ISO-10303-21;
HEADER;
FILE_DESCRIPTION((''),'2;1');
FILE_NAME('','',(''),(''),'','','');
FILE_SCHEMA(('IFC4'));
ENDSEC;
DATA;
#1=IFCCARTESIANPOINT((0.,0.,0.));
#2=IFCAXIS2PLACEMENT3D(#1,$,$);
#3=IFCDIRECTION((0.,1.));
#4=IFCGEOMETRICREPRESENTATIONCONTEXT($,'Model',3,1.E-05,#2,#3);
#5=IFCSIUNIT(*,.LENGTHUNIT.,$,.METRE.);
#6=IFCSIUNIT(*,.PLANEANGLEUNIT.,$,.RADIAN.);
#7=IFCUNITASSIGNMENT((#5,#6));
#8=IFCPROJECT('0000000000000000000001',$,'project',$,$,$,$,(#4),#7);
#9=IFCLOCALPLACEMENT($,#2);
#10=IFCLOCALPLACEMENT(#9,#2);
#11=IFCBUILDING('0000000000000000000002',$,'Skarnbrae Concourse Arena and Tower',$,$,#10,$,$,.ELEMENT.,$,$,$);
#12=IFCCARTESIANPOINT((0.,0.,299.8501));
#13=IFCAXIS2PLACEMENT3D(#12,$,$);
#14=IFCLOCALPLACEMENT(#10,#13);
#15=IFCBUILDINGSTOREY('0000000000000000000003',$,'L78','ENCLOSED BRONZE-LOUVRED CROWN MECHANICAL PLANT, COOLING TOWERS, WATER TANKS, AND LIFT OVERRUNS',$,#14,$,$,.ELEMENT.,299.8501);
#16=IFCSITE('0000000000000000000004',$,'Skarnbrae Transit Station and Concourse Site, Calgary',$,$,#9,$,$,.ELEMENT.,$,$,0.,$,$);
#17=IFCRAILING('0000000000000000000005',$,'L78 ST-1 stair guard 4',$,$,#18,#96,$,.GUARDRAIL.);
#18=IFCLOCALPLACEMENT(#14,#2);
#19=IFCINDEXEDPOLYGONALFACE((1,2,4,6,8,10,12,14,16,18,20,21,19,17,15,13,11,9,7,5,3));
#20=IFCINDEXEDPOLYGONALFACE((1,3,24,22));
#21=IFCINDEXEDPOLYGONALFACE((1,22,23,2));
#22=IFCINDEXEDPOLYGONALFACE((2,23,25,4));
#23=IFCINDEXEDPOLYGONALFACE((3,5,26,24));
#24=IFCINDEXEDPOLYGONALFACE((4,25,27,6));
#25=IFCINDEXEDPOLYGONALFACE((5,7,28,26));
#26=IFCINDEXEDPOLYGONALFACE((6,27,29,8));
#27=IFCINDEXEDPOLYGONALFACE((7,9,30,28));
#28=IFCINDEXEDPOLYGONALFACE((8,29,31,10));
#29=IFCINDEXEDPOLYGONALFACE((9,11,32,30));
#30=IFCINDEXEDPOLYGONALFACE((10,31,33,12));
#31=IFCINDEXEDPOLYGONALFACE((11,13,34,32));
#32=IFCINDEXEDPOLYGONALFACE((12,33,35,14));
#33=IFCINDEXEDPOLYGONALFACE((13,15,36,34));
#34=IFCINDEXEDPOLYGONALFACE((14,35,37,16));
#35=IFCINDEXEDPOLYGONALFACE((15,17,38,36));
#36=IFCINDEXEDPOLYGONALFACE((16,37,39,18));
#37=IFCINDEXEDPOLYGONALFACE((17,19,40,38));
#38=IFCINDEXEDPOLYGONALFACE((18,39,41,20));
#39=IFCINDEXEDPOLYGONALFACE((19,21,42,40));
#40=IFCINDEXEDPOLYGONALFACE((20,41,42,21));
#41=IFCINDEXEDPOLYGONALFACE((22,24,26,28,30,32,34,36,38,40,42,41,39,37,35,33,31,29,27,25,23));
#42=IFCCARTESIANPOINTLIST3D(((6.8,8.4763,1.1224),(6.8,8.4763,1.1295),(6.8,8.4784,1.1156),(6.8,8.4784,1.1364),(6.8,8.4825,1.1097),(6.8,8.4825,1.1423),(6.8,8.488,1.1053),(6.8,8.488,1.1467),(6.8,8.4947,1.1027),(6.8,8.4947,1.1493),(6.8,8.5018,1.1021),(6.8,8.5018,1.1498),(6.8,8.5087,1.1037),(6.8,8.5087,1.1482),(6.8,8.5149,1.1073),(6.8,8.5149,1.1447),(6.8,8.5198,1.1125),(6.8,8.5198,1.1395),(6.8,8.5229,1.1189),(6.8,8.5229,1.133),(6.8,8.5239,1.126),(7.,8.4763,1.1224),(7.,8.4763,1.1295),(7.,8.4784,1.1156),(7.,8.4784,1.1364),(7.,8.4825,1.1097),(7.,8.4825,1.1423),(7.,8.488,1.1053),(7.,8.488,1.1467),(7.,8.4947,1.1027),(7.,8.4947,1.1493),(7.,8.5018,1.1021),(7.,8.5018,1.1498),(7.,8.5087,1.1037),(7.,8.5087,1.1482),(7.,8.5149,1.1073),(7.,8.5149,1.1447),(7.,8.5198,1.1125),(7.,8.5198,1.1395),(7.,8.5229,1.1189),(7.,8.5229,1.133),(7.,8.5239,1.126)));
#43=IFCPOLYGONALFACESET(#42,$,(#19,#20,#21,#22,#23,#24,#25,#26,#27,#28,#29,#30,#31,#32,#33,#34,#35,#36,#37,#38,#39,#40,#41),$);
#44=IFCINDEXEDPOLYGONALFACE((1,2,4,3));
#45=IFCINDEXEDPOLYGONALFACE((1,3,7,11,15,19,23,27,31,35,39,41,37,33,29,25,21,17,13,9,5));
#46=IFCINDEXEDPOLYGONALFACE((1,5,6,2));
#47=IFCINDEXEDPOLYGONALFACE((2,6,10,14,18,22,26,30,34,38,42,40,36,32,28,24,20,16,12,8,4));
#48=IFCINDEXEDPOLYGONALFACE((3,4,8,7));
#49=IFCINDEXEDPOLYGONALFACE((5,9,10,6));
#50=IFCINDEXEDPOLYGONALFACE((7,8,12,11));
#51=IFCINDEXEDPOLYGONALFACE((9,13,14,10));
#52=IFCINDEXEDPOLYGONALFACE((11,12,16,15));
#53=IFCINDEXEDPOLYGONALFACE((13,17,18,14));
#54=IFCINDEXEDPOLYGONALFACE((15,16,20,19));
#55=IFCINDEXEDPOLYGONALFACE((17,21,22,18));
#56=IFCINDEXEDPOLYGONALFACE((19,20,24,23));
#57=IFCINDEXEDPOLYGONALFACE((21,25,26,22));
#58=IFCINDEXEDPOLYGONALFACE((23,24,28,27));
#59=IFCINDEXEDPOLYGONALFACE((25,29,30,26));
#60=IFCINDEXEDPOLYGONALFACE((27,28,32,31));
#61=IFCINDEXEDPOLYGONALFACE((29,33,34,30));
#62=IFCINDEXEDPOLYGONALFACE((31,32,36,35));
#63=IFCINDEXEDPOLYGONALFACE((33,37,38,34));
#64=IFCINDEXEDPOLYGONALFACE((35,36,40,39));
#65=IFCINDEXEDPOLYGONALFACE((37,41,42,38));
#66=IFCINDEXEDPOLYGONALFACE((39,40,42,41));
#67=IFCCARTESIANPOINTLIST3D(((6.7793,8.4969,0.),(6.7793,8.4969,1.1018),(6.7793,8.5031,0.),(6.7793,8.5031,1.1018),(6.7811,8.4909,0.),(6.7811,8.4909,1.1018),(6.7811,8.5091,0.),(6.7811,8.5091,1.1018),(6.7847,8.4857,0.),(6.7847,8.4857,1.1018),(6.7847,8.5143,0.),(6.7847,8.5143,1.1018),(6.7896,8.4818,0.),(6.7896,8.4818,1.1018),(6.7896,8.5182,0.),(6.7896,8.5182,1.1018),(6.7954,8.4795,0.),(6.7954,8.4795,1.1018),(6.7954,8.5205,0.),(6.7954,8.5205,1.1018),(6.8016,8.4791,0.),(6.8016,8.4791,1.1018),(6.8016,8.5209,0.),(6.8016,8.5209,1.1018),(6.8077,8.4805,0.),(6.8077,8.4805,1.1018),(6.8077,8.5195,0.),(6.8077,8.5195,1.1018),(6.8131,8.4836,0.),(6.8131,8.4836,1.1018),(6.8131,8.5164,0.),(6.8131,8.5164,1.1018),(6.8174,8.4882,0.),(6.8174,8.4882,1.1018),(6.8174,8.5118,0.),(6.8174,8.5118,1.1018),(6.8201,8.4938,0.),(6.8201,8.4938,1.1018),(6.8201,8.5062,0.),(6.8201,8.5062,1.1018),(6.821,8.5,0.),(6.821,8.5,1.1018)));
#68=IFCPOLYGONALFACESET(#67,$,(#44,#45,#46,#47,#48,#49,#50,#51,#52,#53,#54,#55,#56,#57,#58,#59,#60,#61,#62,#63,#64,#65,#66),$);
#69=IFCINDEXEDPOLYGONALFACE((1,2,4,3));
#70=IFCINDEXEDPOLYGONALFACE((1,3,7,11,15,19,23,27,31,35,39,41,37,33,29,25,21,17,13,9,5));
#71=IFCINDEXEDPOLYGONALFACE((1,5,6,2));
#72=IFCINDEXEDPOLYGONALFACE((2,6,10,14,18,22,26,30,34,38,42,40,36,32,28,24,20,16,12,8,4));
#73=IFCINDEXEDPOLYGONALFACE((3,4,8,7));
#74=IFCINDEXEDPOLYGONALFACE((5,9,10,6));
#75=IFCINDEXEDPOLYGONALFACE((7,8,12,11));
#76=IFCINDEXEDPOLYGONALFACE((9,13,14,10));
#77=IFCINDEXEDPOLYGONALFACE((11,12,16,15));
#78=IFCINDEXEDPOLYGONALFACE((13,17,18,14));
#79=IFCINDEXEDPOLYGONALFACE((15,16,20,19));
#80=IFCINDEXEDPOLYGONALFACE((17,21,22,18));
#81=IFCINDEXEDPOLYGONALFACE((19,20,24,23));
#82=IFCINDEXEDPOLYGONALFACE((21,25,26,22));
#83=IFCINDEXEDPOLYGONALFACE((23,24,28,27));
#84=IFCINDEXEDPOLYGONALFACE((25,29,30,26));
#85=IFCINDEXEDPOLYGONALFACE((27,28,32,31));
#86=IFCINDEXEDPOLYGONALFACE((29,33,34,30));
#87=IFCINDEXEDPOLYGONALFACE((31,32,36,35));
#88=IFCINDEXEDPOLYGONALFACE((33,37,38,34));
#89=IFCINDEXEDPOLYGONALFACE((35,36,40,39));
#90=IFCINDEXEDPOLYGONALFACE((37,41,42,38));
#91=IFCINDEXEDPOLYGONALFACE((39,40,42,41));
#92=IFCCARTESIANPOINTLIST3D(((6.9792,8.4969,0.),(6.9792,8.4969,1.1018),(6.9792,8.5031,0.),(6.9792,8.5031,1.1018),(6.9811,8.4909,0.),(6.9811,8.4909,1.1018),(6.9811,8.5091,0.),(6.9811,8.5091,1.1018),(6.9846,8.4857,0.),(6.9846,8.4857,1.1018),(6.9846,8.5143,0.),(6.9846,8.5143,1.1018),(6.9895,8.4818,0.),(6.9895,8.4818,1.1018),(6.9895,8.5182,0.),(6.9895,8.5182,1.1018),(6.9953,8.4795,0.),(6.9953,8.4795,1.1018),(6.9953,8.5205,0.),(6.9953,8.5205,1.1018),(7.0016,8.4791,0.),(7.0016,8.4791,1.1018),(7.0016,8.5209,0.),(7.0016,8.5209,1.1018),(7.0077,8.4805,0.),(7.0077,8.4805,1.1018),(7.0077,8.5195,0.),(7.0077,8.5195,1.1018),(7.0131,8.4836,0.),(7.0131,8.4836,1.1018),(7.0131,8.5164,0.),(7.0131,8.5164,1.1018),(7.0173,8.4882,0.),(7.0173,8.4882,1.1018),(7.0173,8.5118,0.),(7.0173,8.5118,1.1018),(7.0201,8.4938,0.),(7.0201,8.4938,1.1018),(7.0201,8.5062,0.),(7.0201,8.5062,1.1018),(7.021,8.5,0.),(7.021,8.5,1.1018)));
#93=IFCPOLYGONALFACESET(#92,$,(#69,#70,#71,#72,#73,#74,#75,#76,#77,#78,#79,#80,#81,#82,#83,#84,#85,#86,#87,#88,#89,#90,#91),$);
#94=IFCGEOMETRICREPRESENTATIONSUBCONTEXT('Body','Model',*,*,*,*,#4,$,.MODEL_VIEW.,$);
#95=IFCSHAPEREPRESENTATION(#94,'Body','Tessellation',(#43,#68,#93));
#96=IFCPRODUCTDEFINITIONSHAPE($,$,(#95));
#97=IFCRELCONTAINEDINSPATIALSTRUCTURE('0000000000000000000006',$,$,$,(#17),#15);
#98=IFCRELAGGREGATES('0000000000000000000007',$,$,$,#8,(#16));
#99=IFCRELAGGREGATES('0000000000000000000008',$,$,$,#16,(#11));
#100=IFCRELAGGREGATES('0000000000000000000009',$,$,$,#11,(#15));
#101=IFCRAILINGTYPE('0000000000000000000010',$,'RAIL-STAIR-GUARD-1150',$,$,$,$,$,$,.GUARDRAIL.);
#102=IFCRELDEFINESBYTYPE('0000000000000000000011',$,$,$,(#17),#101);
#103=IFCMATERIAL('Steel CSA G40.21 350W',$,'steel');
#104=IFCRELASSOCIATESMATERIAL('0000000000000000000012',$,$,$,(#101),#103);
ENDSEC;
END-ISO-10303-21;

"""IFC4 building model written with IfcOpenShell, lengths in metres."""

from ifc_helpers import new_model, si_unit, direction, frame, origin, origin_2d, place, context, subcontext, project, spatial, circle, extrude, material, type_object, element, save


model = new_model("IFC4")

# Units and contexts
model_context = context("Model", 3, precision=1e-05, world=origin(), true_north=direction((0.0, 1.0)))
body_context = subcontext(model_context, "Body", "Model", "MODEL_VIEW")
ifc_project = project(units=[si_unit("LENGTHUNIT", "METRE"), si_unit("PLANEANGLEUNIT", "RADIAN")], contexts=[model_context])

# Site, building, storey
site_placement = place(None, origin())
site = spatial("IfcSite", under=ifc_project, at=site_placement, Name="Skarnbrae Transit Station and Concourse Site, Calgary", CompositionType="ELEMENT", RefElevation=0.0)
building_placement = place(site_placement, origin())
building = spatial("IfcBuilding", under=site, at=building_placement, Name="Skarnbrae Concourse Arena and Tower", CompositionType="ELEMENT")
storey_placement = place(building_placement, frame((0.0, 0.0, 299.8501)))
storey = spatial("IfcBuildingStorey", under=building, at=storey_placement, Name="L78", Description="ENCLOSED BRONZE-LOUVRED CROWN MECHANICAL PLANT, COOLING TOWERS, WATER TANKS, AND LIFT OVERRUNS", CompositionType="ELEMENT", Elevation=299.8501)

# Shared definitions
ifc_material_1 = material(Name="Steel CSA G40.21 350W", Category="steel")

# Railing
railing_type_1 = type_object("IfcRailingType", Name="RAIL-STAIR-GUARD-1150", PredefinedType="GUARDRAIL", material=ifc_material_1)
railing_1_placement = place(storey_placement, frame((6.8, 8.5, 0.0)))
element("IfcRailing", 1, at=railing_1_placement, inside=storey, type_object=railing_type_1, Name="L78 ST-1 stair guard 4", PredefinedType="GUARDRAIL", context=body_context, shape_type="SweptSolid", body=[
    extrude(circle(Radius=0.0239, at=origin_2d()), frame((0.0, 0.0, 1.126), z_axis=(1.0, 0.0, 0.0), x_axis=(0.0, 1.0, 0.0)), (0.0, 0.0, 1.0), 0.2),
    extrude(circle(Radius=0.021, at=origin_2d()), origin(), (0.0, 0.0, 1.0), 1.1018),
    extrude(circle(Radius=0.021, at=origin_2d()), frame((0.2, 0.0, 0.0)), (0.0, 0.0, 1.0), 1.1018),
])

save(model, "model.ifc")
